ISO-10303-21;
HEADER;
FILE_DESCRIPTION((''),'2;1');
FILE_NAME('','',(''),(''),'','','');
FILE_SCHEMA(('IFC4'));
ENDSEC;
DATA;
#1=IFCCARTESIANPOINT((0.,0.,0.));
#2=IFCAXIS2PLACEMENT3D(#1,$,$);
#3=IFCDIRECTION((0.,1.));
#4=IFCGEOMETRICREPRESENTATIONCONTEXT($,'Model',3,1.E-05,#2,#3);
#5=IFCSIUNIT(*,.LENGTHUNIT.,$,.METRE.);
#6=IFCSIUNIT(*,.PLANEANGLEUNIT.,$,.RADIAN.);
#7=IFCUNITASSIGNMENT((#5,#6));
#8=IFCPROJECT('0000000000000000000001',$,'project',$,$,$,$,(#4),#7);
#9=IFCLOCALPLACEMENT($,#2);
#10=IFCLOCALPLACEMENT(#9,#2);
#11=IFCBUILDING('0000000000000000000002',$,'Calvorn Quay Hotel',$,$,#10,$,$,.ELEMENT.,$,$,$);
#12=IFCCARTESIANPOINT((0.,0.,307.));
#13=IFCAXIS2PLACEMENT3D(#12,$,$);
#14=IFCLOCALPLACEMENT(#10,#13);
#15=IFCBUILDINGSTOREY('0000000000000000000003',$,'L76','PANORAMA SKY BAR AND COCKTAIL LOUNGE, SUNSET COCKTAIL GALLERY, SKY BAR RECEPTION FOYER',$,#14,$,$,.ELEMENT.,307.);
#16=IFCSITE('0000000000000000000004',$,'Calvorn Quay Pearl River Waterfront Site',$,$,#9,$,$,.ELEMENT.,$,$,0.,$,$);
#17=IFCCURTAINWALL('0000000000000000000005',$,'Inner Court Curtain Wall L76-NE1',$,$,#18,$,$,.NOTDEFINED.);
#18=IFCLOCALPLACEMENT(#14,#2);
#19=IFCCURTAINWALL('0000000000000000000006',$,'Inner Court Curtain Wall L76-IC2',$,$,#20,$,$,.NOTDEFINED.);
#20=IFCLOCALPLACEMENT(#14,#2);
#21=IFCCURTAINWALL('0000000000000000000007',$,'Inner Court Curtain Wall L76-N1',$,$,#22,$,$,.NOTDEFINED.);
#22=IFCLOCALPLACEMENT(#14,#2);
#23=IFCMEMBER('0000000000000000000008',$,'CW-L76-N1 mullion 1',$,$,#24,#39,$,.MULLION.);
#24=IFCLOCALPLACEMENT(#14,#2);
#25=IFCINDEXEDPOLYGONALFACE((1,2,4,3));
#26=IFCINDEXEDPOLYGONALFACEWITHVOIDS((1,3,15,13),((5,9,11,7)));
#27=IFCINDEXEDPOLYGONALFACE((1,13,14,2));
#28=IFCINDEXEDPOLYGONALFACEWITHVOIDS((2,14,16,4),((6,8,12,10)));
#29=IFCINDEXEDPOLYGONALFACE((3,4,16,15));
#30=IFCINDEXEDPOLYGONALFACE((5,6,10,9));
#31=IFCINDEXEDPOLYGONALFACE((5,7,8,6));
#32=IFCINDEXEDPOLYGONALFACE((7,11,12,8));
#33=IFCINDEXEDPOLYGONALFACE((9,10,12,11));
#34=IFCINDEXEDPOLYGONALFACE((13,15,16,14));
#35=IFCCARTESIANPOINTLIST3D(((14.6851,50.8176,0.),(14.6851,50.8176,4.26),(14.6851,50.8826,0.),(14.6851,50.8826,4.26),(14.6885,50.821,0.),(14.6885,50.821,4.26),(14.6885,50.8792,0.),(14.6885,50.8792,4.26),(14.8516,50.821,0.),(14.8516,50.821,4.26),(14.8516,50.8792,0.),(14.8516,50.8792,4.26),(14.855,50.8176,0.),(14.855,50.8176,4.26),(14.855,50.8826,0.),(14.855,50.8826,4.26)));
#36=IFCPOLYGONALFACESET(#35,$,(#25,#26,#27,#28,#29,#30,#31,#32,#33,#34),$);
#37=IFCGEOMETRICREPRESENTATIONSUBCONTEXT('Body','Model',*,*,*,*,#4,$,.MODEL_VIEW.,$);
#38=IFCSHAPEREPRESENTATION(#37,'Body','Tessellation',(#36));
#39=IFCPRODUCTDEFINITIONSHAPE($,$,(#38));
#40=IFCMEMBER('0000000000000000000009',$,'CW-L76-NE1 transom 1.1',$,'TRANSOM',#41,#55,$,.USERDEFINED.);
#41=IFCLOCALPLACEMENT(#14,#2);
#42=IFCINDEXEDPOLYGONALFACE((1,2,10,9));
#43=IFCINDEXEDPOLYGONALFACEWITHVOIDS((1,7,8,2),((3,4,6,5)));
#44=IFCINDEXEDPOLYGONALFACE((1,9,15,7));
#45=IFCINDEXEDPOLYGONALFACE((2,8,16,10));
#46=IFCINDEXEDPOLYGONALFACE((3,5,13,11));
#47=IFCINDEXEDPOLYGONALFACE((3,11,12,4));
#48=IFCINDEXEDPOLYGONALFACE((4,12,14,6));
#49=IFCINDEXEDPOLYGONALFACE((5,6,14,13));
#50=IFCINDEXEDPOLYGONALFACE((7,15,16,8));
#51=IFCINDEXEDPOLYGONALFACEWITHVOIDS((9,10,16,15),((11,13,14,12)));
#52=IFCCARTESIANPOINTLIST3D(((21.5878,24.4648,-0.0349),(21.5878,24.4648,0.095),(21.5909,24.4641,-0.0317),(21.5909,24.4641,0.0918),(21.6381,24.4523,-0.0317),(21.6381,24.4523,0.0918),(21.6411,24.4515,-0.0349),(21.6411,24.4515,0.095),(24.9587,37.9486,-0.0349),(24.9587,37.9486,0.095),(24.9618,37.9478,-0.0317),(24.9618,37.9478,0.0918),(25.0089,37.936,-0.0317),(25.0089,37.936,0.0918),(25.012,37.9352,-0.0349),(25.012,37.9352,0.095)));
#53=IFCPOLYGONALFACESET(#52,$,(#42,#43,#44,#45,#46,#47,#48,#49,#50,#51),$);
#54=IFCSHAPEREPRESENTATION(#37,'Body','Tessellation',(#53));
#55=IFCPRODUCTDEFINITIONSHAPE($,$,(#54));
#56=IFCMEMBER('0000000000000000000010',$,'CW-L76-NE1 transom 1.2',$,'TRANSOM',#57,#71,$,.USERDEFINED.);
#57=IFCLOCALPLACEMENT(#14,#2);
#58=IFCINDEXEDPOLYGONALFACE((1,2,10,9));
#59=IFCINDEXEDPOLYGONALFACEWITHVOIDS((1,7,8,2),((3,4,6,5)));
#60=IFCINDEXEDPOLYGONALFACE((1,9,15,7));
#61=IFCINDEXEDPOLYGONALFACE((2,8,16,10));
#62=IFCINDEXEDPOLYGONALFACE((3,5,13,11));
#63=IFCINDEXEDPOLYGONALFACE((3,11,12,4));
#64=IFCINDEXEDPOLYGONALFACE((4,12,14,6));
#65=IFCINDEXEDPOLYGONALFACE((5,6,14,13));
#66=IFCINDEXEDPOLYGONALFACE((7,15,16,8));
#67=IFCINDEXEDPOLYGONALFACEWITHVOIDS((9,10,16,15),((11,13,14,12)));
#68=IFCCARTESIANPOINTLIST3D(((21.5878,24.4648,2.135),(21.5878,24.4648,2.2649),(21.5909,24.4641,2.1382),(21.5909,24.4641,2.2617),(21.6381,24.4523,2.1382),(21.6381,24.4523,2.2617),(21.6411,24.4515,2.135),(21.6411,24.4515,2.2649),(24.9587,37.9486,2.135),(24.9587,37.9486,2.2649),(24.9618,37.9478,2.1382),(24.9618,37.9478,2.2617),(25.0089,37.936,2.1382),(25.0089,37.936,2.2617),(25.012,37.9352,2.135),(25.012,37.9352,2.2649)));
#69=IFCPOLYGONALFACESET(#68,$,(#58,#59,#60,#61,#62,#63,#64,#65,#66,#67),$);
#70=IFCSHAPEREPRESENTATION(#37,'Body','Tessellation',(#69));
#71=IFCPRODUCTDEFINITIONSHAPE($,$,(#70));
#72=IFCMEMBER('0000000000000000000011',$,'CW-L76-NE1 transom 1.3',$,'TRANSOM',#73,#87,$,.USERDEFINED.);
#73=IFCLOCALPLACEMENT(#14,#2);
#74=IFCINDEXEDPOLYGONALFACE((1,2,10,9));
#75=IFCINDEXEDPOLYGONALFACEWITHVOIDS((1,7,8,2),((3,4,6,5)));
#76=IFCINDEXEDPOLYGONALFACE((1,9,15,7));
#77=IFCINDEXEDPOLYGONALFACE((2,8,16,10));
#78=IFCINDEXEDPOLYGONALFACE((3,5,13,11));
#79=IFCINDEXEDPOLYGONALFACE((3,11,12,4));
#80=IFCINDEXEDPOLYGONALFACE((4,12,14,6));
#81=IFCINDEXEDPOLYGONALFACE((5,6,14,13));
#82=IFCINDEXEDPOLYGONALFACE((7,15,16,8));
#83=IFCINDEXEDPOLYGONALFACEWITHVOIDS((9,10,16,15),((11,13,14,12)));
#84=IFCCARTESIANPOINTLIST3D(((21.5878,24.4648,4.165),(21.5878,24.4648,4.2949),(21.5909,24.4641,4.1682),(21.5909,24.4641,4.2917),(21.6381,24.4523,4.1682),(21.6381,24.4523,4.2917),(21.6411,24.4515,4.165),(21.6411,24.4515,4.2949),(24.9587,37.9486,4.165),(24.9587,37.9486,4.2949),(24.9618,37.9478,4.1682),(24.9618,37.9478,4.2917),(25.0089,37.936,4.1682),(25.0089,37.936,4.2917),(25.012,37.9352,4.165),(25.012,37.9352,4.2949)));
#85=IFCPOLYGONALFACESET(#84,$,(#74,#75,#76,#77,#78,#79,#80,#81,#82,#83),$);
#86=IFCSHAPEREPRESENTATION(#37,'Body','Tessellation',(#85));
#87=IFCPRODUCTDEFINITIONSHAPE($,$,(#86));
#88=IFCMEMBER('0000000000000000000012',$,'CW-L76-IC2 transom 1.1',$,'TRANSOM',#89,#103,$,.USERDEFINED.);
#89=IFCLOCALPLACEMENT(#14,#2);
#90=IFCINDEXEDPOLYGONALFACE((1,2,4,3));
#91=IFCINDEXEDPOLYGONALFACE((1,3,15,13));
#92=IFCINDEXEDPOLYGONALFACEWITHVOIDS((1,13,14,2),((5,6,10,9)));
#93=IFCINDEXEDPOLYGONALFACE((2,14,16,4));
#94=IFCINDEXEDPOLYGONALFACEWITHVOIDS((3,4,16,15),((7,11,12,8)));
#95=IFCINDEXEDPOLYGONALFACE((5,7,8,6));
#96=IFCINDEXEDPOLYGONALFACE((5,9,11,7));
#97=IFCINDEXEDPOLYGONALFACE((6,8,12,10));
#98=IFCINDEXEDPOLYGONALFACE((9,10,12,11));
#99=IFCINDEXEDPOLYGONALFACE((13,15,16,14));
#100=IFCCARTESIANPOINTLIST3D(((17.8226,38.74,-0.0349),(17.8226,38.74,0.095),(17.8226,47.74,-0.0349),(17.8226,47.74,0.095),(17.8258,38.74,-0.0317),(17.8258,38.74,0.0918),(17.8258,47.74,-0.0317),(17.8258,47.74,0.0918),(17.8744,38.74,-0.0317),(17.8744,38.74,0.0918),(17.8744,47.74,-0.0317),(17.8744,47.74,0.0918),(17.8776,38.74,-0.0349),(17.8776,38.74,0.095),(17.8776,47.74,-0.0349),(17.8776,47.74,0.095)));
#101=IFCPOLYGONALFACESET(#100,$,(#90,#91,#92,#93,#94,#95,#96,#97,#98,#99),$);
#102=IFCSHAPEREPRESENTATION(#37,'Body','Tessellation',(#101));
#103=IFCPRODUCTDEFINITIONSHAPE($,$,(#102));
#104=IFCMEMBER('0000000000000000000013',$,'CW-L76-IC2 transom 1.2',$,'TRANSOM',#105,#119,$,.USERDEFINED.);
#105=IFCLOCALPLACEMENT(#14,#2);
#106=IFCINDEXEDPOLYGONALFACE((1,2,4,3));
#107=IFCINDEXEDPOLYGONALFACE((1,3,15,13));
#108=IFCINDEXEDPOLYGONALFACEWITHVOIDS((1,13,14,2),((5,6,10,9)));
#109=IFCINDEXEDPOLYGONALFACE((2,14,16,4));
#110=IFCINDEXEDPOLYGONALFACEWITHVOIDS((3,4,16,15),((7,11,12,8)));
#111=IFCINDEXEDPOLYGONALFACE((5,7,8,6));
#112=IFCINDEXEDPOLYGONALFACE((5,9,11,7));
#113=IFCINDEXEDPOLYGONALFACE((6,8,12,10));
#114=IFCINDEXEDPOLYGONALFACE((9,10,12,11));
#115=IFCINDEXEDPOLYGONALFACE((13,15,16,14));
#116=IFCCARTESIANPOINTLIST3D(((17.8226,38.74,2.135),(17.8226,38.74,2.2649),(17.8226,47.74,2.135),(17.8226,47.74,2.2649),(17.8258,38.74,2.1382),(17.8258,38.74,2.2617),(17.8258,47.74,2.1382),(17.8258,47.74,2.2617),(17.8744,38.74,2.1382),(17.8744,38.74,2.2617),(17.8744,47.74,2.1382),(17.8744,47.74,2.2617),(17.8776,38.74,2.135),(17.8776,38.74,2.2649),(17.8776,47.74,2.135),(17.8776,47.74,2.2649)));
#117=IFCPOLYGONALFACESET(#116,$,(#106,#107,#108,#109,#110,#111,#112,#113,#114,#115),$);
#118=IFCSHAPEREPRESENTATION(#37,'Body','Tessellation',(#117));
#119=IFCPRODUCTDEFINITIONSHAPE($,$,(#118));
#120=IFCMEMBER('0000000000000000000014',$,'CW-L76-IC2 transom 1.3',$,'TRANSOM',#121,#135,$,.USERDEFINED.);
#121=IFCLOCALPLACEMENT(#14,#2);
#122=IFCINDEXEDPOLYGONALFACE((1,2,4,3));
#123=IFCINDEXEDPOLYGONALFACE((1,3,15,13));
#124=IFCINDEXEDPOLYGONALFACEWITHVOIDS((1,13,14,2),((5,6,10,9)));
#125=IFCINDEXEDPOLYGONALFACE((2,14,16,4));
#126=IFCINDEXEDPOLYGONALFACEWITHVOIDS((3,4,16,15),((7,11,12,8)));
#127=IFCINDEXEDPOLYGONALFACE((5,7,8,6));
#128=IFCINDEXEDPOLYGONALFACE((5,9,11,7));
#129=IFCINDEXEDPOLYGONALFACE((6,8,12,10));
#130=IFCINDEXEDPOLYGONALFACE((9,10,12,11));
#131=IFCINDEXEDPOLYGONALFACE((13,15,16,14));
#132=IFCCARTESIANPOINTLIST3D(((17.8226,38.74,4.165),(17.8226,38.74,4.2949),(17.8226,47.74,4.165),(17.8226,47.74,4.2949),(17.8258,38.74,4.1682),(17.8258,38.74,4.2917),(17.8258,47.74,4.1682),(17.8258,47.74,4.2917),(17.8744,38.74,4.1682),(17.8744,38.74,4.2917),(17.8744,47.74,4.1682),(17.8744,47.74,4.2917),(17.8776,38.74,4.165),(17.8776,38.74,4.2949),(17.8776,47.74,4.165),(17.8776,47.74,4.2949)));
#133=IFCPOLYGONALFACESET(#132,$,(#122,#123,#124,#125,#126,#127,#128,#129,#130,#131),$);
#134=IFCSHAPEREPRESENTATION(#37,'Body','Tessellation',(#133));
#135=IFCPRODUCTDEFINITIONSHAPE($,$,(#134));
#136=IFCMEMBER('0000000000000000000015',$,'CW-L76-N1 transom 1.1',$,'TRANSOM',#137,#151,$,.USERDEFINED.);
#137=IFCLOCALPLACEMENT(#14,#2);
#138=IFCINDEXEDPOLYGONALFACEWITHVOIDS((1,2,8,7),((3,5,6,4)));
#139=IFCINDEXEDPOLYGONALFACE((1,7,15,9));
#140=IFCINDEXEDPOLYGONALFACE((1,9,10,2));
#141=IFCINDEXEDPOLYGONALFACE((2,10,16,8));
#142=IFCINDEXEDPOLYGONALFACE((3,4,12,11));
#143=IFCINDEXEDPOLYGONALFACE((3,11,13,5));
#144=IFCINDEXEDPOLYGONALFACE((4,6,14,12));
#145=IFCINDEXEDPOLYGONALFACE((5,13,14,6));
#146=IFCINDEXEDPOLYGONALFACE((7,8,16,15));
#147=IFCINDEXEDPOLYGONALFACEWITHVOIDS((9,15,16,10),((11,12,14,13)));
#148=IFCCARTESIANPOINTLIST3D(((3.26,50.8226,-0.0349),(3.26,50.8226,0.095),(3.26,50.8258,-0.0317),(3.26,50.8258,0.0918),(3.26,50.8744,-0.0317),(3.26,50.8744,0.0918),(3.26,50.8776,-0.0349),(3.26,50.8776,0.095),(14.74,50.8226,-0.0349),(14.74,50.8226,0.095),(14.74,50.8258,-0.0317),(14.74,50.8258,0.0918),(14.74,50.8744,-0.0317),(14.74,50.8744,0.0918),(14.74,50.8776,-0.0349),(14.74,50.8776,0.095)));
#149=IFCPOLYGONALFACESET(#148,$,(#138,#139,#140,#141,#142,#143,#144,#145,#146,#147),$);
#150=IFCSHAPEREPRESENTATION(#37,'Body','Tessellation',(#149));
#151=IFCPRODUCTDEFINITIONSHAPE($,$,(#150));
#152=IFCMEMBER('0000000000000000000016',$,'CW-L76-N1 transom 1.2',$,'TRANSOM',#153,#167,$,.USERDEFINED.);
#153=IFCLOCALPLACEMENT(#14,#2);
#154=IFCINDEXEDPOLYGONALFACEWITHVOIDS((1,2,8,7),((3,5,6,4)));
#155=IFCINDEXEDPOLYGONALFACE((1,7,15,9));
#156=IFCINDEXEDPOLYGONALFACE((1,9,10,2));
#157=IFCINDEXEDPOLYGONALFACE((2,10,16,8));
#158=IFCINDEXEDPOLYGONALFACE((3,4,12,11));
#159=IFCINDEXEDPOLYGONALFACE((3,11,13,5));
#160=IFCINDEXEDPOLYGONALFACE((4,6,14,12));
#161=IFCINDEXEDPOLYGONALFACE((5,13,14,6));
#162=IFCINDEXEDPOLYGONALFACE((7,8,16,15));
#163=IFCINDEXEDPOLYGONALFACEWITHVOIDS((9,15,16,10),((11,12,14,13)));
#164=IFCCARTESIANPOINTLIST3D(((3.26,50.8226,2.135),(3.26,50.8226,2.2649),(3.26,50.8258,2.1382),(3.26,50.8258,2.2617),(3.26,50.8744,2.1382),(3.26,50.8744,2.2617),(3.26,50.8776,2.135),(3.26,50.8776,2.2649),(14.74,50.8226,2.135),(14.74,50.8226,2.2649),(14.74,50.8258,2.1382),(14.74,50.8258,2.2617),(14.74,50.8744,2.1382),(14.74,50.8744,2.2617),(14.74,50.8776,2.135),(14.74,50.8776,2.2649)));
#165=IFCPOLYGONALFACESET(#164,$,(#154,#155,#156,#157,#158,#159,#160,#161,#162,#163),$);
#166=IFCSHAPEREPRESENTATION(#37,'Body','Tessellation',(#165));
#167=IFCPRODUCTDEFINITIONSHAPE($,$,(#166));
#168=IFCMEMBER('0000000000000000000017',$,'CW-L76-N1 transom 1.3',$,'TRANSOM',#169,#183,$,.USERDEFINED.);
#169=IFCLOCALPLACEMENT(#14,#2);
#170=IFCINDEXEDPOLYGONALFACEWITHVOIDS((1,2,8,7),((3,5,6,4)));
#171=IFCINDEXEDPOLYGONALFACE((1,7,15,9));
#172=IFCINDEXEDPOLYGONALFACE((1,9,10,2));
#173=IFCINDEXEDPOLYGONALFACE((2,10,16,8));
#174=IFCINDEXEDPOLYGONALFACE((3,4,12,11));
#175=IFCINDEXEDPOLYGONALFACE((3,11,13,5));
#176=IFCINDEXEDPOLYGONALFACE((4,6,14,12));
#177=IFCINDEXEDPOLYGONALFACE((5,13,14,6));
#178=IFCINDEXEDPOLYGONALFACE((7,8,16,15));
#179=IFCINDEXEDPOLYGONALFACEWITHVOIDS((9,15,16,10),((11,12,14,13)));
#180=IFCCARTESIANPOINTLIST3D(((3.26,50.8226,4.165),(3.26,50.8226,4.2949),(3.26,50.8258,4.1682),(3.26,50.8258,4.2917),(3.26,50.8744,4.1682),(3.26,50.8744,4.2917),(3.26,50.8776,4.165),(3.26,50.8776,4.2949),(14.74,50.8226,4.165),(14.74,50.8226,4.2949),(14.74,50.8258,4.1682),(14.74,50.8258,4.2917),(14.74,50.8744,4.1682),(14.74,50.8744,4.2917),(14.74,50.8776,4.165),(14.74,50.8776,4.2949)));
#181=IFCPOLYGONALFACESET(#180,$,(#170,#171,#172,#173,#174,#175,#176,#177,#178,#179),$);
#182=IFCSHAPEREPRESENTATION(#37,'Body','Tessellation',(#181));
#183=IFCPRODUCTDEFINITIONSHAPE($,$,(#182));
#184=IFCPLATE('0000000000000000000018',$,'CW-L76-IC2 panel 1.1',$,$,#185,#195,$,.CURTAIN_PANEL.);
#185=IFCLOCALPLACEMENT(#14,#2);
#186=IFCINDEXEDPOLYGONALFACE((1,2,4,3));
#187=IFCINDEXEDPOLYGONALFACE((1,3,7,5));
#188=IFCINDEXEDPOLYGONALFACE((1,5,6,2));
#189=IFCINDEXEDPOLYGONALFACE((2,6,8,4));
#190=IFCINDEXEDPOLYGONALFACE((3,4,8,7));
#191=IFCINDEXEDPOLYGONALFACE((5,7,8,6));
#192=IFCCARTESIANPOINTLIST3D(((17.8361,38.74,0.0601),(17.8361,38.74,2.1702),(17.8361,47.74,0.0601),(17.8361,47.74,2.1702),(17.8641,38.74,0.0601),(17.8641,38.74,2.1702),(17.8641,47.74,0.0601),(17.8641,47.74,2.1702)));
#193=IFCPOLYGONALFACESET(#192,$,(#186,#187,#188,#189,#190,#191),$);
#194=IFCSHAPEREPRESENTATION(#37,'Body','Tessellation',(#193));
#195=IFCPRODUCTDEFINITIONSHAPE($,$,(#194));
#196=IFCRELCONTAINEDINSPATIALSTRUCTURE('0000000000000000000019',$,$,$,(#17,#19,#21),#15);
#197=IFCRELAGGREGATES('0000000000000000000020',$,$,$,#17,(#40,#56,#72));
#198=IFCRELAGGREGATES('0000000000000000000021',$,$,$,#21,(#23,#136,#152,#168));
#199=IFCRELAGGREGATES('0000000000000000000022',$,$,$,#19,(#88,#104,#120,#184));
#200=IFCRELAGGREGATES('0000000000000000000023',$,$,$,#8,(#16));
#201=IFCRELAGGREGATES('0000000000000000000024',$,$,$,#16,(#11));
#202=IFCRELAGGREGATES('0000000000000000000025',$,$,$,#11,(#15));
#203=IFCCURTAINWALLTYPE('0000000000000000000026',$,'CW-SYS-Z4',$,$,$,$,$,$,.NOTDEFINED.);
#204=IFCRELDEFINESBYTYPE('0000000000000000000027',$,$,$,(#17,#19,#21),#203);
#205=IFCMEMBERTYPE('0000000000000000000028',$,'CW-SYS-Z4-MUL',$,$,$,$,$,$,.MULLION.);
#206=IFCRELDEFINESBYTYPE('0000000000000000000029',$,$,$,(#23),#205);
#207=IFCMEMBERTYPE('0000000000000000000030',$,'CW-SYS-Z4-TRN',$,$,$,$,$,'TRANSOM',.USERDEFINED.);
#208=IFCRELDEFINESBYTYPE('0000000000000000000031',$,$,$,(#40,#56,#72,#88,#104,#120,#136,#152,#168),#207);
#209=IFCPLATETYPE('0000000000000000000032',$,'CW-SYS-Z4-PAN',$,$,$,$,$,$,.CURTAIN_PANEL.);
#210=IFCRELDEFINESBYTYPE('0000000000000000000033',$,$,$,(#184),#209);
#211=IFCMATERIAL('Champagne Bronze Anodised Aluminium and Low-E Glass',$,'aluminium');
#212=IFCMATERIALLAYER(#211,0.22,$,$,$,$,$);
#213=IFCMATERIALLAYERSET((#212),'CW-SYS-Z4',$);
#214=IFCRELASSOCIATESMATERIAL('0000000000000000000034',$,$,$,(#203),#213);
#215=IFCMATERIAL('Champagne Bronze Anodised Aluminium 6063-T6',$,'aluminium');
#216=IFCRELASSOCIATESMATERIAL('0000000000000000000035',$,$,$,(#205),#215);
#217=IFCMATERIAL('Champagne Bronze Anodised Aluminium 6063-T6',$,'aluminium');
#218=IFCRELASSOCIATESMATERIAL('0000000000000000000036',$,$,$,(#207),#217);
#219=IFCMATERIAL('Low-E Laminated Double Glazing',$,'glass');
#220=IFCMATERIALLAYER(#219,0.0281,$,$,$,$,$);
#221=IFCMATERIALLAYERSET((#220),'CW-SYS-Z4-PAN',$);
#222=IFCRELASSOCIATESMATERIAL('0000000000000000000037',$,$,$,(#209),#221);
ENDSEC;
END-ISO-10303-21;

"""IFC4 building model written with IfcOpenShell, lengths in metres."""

from ifc_helpers import new_model, si_unit, direction, frame, origin, origin_2d, place, context, subcontext, project, spatial, rectangle, hollow_rectangle, extrude, material, layer, layer_set, material_profile, profile_set, type_object, element, aggregate, save


model = new_model("IFC4")

# Units and contexts
model_context = context("Model", 3, precision=1e-05, world=origin(), true_north=direction((0.0, 1.0)))
body_context = subcontext(model_context, "Body", "Model", "MODEL_VIEW")
ifc_project = project(units=[si_unit("LENGTHUNIT", "METRE"), si_unit("PLANEANGLEUNIT", "RADIAN")], contexts=[model_context])

# Site, building, storey
site_placement = place(None, origin())
site = spatial("IfcSite", under=ifc_project, at=site_placement, Name="Calvorn Quay Pearl River Waterfront Site", CompositionType="ELEMENT", RefElevation=0.0)
building_placement = place(site_placement, origin())
building = spatial("IfcBuilding", under=site, at=building_placement, Name="Calvorn Quay Hotel", CompositionType="ELEMENT")
storey_placement = place(building_placement, frame((0.0, 0.0, 307.0)))
storey = spatial("IfcBuildingStorey", under=building, at=storey_placement, Name="L76", Description="PANORAMA SKY BAR AND COCKTAIL LOUNGE, SUNSET COCKTAIL GALLERY, SKY BAR RECEPTION FOYER", CompositionType="ELEMENT", Elevation=307.0)

# Curtain wall
ifc_material_1 = material(Name="Champagne Bronze Anodised Aluminium and Low-E Glass", Category="aluminium")
ifc_layer_1 = layer(ifc_material_1, 0.22)
ifc_layer_set_1 = layer_set([ifc_layer_1], Name="CW-SYS-Z4")
curtain_wall_type = type_object("IfcCurtainWallType", Name="CW-SYS-Z4", PredefinedType="NOTDEFINED", material=ifc_layer_set_1)
curtain_wall_1_placement = place(storey_placement, origin())
curtain_wall_1 = element("IfcCurtainWall", 1, at=curtain_wall_1_placement, inside=storey, type_object=curtain_wall_type, Name="Inner Court Curtain Wall L76-NE1", PredefinedType="NOTDEFINED")
ifc_material_2 = material(Name="Champagne Bronze Anodised Aluminium 6063-T6", Category="aluminium")
ifc_material_profile_1 = material_profile(ifc_material_2, hollow_rectangle(XDim=0.0649, YDim=0.1699, WallThickness=0.0034, at=origin_2d()), Name="ALU-M170x65x3.5")
ifc_profile_set_1 = profile_set([ifc_material_profile_1], Name="Champagne Bronze Anodised Aluminium 6063-T6")
member_type_1 = type_object("IfcMemberType", Name="CW-SYS-Z4-MUL", PredefinedType="MULLION", material=ifc_profile_set_1)

# Curtain wall
curtain_wall_2_placement = place(storey_placement, origin())
curtain_wall_2 = element("IfcCurtainWall", 2, at=curtain_wall_2_placement, inside=storey, type_object=curtain_wall_type, Name="Inner Court Curtain Wall L76-IC2", PredefinedType="NOTDEFINED")

# Curtain wall, member
curtain_wall_3_placement = place(storey_placement, origin())
curtain_wall_3 = element("IfcCurtainWall", 3, at=curtain_wall_3_placement, inside=storey, type_object=curtain_wall_type, Name="Inner Court Curtain Wall L76-N1", PredefinedType="NOTDEFINED")
member_1_placement = place(storey_placement, frame((14.77, 50.8501, 0.0), z_axis=(0.0, 0.0, 1.0), x_axis=(0.0, -1.0, 0.0)))
member_1 = element("IfcMember", 4, at=member_1_placement, type_object=member_type_1, Name="CW-L76-N1 mullion 1", PredefinedType="MULLION", context=body_context, shape_type="SweptSolid", body=[
    extrude(hollow_rectangle(XDim=0.0649, YDim=0.1699, WallThickness=0.0034, at=origin_2d()), origin(), (0.0, 0.0, 1.0), 4.26),
])

# Members
ifc_material_3 = material(Name="Champagne Bronze Anodised Aluminium 6063-T6", Category="aluminium")
ifc_material_profile_2 = material_profile(ifc_material_3, hollow_rectangle(XDim=0.0549, YDim=0.1299, WallThickness=0.0032, at=origin_2d()), Name="ALU-T130x55x3.2")
ifc_profile_set_2 = profile_set([ifc_material_profile_2], Name="Champagne Bronze Anodised Aluminium 6063-T6")
member_type_2 = type_object("IfcMemberType", Name="CW-SYS-Z4-TRN", ElementType="TRANSOM", PredefinedType="USERDEFINED", material=ifc_profile_set_2)
member_2_placement = place(storey_placement, frame((24.9854, 37.9419, 0.03), z_axis=(-0.242531, -0.970144, 0.0), x_axis=(0.970144, -0.242531, 0.0)))
member_2 = element("IfcMember", 5, at=member_2_placement, type_object=member_type_2, Name="CW-L76-NE1 transom 1.1", ObjectType="TRANSOM", PredefinedType="USERDEFINED", context=body_context, shape_type="SweptSolid", body=[
    extrude(hollow_rectangle(XDim=0.0549, YDim=0.1299, WallThickness=0.0032, at=origin_2d()), origin(), (0.0, 0.0, 1.0), 13.8987),
])
member_3_placement = place(storey_placement, frame((24.9854, 37.9419, 2.2), z_axis=(-0.242531, -0.970144, 0.0), x_axis=(0.970144, -0.242531, 0.0)))
member_3 = element("IfcMember", 6, at=member_3_placement, type_object=member_type_2, Name="CW-L76-NE1 transom 1.2", ObjectType="TRANSOM", PredefinedType="USERDEFINED", context=body_context, shape_type="SweptSolid", body=[
    extrude(hollow_rectangle(XDim=0.0549, YDim=0.1299, WallThickness=0.0032, at=origin_2d()), origin(), (0.0, 0.0, 1.0), 13.8987),
])
member_4_placement = place(storey_placement, frame((24.9854, 37.9419, 4.23), z_axis=(-0.242531, -0.970144, 0.0), x_axis=(0.970144, -0.242531, 0.0)))
member_4 = element("IfcMember", 7, at=member_4_placement, type_object=member_type_2, Name="CW-L76-NE1 transom 1.3", ObjectType="TRANSOM", PredefinedType="USERDEFINED", context=body_context, shape_type="SweptSolid", body=[
    extrude(hollow_rectangle(XDim=0.0549, YDim=0.1299, WallThickness=0.0032, at=origin_2d()), origin(), (0.0, 0.0, 1.0), 13.8987),
])
aggregate(curtain_wall_1, [member_2, member_3, member_4])
member_5_placement = place(storey_placement, frame((17.8501, 38.74, 0.03), z_axis=(0.0, 1.0, 0.0), x_axis=(-1.0, 0.0, 0.0)))
member_5 = element("IfcMember", 8, at=member_5_placement, type_object=member_type_2, Name="CW-L76-IC2 transom 1.1", ObjectType="TRANSOM", PredefinedType="USERDEFINED", context=body_context, shape_type="SweptSolid", body=[
    extrude(hollow_rectangle(XDim=0.0549, YDim=0.1299, WallThickness=0.0032, at=origin_2d()), origin(), (0.0, 0.0, 1.0), 9.0),
])
member_6_placement = place(storey_placement, frame((17.8501, 38.74, 2.2), z_axis=(0.0, 1.0, 0.0), x_axis=(-1.0, 0.0, 0.0)))
member_6 = element("IfcMember", 9, at=member_6_placement, type_object=member_type_2, Name="CW-L76-IC2 transom 1.2", ObjectType="TRANSOM", PredefinedType="USERDEFINED", context=body_context, shape_type="SweptSolid", body=[
    extrude(hollow_rectangle(XDim=0.0549, YDim=0.1299, WallThickness=0.0032, at=origin_2d()), origin(), (0.0, 0.0, 1.0), 9.0),
])
member_7_placement = place(storey_placement, frame((17.8501, 38.74, 4.23), z_axis=(0.0, 1.0, 0.0), x_axis=(-1.0, 0.0, 0.0)))
member_7 = element("IfcMember", 10, at=member_7_placement, type_object=member_type_2, Name="CW-L76-IC2 transom 1.3", ObjectType="TRANSOM", PredefinedType="USERDEFINED", context=body_context, shape_type="SweptSolid", body=[
    extrude(hollow_rectangle(XDim=0.0549, YDim=0.1299, WallThickness=0.0032, at=origin_2d()), origin(), (0.0, 0.0, 1.0), 9.0),
])
member_8_placement = place(storey_placement, frame((14.74, 50.8501, 0.03), z_axis=(-1.0, 0.0, 0.0), x_axis=(0.0, -1.0, 0.0)))
member_8 = element("IfcMember", 11, at=member_8_placement, type_object=member_type_2, Name="CW-L76-N1 transom 1.1", ObjectType="TRANSOM", PredefinedType="USERDEFINED", context=body_context, shape_type="SweptSolid", body=[
    extrude(hollow_rectangle(XDim=0.0549, YDim=0.1299, WallThickness=0.0032, at=origin_2d()), origin(), (0.0, 0.0, 1.0), 11.48),
])
member_9_placement = place(storey_placement, frame((14.74, 50.8501, 2.2), z_axis=(-1.0, 0.0, 0.0), x_axis=(0.0, -1.0, 0.0)))
member_9 = element("IfcMember", 12, at=member_9_placement, type_object=member_type_2, Name="CW-L76-N1 transom 1.2", ObjectType="TRANSOM", PredefinedType="USERDEFINED", context=body_context, shape_type="SweptSolid", body=[
    extrude(hollow_rectangle(XDim=0.0549, YDim=0.1299, WallThickness=0.0032, at=origin_2d()), origin(), (0.0, 0.0, 1.0), 11.48),
])
member_10_placement = place(storey_placement, frame((14.74, 50.8501, 4.23), z_axis=(-1.0, 0.0, 0.0), x_axis=(0.0, -1.0, 0.0)))
member_10 = element("IfcMember", 13, at=member_10_placement, type_object=member_type_2, Name="CW-L76-N1 transom 1.3", ObjectType="TRANSOM", PredefinedType="USERDEFINED", context=body_context, shape_type="SweptSolid", body=[
    extrude(hollow_rectangle(XDim=0.0549, YDim=0.1299, WallThickness=0.0032, at=origin_2d()), origin(), (0.0, 0.0, 1.0), 11.48),
])
aggregate(curtain_wall_3, [member_1, member_8, member_9, member_10])

# Plate
ifc_material_4 = material(Name="Low-E Laminated Double Glazing", Category="glass")
ifc_layer_2 = layer(ifc_material_4, 0.0281)
ifc_layer_set_2 = layer_set([ifc_layer_2], Name="CW-SYS-Z4-PAN")
plate_type = type_object("IfcPlateType", Name="CW-SYS-Z4-PAN", PredefinedType="CURTAIN_PANEL", material=ifc_layer_set_2)
plate_1_placement = place(storey_placement, frame((17.8501, 43.24, 0.0601), z_axis=(0.0, 0.0, 1.0), x_axis=(0.0, 1.0, 0.0)))
plate_1 = element("IfcPlate", 14, at=plate_1_placement, type_object=plate_type, Name="CW-L76-IC2 panel 1.1", PredefinedType="CURTAIN_PANEL", context=body_context, shape_type="SweptSolid", body=[
    extrude(rectangle(XDim=9.0, YDim=0.0281, at=origin_2d()), origin(), (0.0, 0.0, 1.0), 2.1101),
])
aggregate(curtain_wall_2, [member_5, member_6, member_7, plate_1])

save(model, "model.ifc")
